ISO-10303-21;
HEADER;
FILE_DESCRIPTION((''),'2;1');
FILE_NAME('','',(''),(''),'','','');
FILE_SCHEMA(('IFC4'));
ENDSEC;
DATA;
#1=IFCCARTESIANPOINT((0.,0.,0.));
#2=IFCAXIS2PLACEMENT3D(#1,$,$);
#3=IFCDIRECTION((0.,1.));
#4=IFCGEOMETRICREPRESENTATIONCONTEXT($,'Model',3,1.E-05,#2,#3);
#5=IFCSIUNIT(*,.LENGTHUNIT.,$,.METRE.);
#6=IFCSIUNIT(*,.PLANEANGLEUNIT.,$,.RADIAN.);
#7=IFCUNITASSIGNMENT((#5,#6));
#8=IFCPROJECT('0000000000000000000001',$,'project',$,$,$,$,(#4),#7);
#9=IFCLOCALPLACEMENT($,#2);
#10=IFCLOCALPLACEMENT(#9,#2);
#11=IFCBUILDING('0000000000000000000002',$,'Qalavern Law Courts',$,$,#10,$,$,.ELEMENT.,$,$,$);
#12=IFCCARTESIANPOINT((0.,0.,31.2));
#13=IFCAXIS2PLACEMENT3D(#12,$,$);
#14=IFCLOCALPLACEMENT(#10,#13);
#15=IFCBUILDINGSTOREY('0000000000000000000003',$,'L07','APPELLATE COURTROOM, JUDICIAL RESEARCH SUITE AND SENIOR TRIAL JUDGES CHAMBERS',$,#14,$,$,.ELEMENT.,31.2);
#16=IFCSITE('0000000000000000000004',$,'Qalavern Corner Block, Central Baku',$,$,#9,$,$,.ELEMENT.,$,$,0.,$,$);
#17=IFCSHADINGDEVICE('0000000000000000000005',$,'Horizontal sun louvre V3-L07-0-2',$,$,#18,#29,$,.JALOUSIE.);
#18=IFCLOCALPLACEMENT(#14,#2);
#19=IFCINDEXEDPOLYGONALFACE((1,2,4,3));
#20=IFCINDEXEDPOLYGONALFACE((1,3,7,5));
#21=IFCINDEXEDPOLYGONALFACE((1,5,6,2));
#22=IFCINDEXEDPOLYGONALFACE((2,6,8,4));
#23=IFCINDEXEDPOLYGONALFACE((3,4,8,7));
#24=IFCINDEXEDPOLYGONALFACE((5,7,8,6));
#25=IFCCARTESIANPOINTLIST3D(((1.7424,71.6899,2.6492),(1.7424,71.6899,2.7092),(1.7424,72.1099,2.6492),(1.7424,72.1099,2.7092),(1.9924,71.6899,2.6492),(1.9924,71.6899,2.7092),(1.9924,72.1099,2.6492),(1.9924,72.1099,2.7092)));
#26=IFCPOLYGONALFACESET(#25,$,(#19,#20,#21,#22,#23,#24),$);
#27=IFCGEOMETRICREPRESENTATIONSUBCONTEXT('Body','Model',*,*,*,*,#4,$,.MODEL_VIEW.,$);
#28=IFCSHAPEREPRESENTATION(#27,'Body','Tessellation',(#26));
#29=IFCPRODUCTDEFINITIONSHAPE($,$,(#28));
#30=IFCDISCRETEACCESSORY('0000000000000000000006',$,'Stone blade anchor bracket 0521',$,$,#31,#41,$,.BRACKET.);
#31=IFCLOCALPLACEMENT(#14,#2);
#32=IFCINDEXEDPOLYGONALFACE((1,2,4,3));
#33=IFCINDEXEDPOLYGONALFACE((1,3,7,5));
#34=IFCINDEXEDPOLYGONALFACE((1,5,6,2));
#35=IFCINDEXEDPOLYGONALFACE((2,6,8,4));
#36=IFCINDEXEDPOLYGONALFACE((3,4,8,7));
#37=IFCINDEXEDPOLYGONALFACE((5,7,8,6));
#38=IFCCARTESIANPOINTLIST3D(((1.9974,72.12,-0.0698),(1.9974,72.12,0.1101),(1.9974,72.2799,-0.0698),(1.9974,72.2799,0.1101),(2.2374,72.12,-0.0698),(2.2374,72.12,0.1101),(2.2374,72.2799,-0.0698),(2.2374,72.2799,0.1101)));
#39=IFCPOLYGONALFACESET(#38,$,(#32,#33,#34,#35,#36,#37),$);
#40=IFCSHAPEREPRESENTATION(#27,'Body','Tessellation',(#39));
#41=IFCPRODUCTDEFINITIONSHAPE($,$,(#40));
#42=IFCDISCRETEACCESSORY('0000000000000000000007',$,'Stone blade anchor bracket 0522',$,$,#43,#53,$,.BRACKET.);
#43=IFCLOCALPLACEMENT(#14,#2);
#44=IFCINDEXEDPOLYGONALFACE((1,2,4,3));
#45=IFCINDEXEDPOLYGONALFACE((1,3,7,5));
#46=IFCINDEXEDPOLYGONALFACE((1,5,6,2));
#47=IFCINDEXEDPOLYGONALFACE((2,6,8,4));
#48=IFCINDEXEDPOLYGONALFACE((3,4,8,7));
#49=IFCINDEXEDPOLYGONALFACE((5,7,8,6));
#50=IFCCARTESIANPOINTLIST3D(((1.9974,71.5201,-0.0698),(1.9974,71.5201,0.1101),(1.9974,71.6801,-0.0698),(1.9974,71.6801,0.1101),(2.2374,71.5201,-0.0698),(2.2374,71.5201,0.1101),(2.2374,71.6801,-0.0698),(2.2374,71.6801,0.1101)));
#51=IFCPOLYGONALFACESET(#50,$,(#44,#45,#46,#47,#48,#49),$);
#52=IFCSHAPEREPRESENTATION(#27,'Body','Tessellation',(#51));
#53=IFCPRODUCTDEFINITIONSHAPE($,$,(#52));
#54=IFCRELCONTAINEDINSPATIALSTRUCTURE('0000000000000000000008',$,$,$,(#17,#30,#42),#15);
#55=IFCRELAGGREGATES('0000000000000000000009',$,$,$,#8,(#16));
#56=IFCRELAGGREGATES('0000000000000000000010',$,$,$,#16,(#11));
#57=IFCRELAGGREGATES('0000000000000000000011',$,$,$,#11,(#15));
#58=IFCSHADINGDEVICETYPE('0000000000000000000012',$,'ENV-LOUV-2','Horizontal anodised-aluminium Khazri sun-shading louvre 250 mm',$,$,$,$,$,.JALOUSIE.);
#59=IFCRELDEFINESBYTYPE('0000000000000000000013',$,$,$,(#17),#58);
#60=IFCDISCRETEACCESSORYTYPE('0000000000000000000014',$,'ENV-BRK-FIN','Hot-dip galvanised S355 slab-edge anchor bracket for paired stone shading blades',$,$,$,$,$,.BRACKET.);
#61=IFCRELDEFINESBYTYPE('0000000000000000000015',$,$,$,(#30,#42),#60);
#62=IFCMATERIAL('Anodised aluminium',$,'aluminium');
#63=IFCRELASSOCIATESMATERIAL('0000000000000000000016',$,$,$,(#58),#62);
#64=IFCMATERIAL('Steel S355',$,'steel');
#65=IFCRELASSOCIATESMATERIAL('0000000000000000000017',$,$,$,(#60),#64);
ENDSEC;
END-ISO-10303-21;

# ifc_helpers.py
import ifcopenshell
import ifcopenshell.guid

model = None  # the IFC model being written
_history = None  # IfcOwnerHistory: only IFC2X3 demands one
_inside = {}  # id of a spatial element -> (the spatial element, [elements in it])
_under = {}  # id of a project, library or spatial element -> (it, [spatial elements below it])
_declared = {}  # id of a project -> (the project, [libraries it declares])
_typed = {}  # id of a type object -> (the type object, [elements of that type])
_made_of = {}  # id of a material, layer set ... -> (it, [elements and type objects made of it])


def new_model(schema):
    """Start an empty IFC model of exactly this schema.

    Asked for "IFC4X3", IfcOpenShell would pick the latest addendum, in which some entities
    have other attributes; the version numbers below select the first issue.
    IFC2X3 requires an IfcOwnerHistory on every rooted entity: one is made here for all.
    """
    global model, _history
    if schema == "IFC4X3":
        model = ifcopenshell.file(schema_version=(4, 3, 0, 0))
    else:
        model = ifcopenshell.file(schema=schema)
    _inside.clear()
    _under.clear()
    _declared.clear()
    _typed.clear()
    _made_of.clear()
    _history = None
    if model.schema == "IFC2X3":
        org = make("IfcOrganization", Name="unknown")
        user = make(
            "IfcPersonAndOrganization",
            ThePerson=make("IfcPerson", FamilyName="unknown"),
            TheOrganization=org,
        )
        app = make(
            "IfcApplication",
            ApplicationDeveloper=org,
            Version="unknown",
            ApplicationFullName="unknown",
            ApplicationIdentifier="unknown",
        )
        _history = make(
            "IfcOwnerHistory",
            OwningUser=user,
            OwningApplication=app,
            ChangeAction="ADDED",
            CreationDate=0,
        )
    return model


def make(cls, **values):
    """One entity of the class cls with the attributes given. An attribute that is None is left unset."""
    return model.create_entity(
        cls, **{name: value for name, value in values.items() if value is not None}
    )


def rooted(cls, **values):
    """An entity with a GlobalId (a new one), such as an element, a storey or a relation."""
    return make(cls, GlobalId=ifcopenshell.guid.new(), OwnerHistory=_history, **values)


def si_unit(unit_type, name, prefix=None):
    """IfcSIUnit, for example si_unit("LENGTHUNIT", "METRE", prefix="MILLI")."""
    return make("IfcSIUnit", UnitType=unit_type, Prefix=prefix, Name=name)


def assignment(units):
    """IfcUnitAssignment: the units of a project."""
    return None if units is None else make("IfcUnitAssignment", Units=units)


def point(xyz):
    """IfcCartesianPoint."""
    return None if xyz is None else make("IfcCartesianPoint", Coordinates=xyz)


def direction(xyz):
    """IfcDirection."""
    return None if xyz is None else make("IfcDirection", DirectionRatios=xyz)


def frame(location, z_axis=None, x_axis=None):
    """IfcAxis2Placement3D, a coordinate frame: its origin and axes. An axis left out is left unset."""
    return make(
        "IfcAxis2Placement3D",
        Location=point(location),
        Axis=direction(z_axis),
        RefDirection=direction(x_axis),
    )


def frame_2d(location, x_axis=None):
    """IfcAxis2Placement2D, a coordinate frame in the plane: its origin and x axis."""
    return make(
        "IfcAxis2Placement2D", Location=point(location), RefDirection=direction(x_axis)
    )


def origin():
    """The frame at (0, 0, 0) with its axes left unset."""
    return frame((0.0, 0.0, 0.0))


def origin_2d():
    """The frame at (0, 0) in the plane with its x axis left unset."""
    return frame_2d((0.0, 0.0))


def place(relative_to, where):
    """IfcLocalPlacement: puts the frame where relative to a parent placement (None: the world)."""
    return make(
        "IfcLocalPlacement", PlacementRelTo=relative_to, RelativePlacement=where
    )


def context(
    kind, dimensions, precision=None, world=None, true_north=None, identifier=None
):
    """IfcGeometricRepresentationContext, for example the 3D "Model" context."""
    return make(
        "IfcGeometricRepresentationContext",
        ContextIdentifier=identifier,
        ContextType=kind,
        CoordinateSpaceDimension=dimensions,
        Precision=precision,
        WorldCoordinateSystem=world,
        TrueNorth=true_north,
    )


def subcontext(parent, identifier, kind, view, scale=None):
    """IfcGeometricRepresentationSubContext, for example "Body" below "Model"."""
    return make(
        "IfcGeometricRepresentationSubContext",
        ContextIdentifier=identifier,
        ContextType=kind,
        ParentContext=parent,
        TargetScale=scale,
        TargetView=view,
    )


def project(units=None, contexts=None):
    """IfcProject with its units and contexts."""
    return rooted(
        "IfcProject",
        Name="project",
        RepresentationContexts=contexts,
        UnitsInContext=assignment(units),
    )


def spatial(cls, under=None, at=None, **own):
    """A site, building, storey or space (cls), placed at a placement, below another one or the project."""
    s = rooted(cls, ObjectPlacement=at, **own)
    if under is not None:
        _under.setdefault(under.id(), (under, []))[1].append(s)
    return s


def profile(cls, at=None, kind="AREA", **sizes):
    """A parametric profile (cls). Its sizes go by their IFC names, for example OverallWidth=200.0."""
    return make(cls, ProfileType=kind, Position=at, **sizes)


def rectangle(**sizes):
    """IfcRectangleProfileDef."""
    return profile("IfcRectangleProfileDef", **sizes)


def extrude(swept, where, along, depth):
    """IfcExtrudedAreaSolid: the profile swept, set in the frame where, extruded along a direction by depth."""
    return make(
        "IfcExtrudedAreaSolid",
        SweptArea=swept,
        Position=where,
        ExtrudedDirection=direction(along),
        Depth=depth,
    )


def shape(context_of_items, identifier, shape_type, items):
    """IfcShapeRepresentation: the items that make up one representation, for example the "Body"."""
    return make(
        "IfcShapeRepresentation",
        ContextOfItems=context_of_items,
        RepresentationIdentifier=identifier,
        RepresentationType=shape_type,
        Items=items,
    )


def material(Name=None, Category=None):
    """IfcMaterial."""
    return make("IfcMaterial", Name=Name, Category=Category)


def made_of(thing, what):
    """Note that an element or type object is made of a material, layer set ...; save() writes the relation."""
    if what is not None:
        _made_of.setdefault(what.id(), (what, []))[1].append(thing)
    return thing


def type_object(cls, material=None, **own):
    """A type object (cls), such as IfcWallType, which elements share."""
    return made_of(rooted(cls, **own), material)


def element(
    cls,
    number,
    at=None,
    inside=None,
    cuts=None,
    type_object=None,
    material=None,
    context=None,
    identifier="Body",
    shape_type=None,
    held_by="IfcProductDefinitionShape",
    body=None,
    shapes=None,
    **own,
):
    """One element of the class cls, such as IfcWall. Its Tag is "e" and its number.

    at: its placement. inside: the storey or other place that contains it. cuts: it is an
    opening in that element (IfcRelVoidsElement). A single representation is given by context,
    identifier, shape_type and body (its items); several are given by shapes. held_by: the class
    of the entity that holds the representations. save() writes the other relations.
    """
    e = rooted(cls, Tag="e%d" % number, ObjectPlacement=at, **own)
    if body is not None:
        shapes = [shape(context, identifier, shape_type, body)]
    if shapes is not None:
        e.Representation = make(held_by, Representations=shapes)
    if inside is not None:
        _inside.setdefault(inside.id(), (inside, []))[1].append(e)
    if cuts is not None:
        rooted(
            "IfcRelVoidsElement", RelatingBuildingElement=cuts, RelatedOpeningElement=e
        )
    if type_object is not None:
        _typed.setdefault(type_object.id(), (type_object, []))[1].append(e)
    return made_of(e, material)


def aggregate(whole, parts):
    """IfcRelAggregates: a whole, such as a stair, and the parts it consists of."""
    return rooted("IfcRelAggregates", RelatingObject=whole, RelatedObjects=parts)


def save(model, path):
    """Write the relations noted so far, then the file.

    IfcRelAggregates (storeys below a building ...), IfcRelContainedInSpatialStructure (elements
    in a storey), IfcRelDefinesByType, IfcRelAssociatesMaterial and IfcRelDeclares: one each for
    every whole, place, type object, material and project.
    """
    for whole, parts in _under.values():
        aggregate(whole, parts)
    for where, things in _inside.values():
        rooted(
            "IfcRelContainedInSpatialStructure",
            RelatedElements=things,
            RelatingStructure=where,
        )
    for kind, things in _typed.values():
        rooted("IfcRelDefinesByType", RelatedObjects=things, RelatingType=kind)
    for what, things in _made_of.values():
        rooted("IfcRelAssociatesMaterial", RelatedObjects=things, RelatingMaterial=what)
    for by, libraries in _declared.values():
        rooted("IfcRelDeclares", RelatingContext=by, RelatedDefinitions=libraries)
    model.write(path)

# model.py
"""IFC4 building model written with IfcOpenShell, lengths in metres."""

from ifc_helpers import new_model, si_unit, direction, frame, origin, origin_2d, place, context, subcontext, project, spatial, rectangle, extrude, material, type_object, element, save


model = new_model("IFC4")

# Units and contexts
model_context = context("Model", 3, precision=1e-05, world=origin(), true_north=direction((0.0, 1.0)))
body_context = subcontext(model_context, "Body", "Model", "MODEL_VIEW")
ifc_project = project(units=[si_unit("LENGTHUNIT", "METRE"), si_unit("PLANEANGLEUNIT", "RADIAN")], contexts=[model_context])

# Site, building, storey
site_placement = place(None, origin())
site = spatial("IfcSite", under=ifc_project, at=site_placement, Name="Qalavern Corner Block, Central Baku", CompositionType="ELEMENT", RefElevation=0.0)
building_placement = place(site_placement, origin())
building = spatial("IfcBuilding", under=site, at=building_placement, Name="Qalavern Law Courts", CompositionType="ELEMENT")
storey_placement = place(building_placement, frame((0.0, 0.0, 31.2)))
storey = spatial("IfcBuildingStorey", under=building, at=storey_placement, Name="L07", Description="APPELLATE COURTROOM, JUDICIAL RESEARCH SUITE AND SENIOR TRIAL JUDGES CHAMBERS", CompositionType="ELEMENT", Elevation=31.2)

# Shared definitions
ifc_material_1 = material(Name="Anodised aluminium", Category="aluminium")

# Shading device
shading_device_type = type_object("IfcShadingDeviceType", Name="ENV-LOUV-2", Description="Horizontal anodised-aluminium Khazri sun-shading louvre 250 mm", PredefinedType="JALOUSIE", material=ifc_material_1)
for number, where, z_axis, x_axis, name in (
    (1, (1.8674, 71.8999, 2.6492), (0.0, 0.0, 1.0), (0.0, -1.0, 0.0), "Horizontal sun louvre V3-L07-0-2"),
):
    element("IfcShadingDevice", number, at=place(storey_placement, frame(where, z_axis=z_axis, x_axis=x_axis)), inside=storey, type_object=shading_device_type, Name=name, PredefinedType="JALOUSIE", context=body_context, shape_type="SweptSolid", body=[
        extrude(rectangle(XDim=0.4199, YDim=0.25, at=origin_2d()), origin(), (0.0, 0.0, 1.0), 0.0601),
    ])

# Discrete accessories
ifc_material_2 = material(Name="Steel S355", Category="steel")
discrete_accessory_type = type_object("IfcDiscreteAccessoryType", Name="ENV-BRK-FIN", Description="Hot-dip galvanised S355 slab-edge anchor bracket for paired stone shading blades", PredefinedType="BRACKET", material=ifc_material_2)
for number, where, z_axis, x_axis, name in (
    (2, (2.1174, 72.2, -0.0698), (0.0, 0.0, 1.0), (-1.0, 0.0, 0.0), "Stone blade anchor bracket 0521"),
    (3, (2.1174, 71.6001, -0.0698), (0.0, 0.0, 1.0), (-1.0, 0.0, 0.0), "Stone blade anchor bracket 0522"),
):
    element("IfcDiscreteAccessory", number, at=place(storey_placement, frame(where, z_axis=z_axis, x_axis=x_axis)), inside=storey, type_object=discrete_accessory_type, Name=name, PredefinedType="BRACKET", context=body_context, shape_type="SweptSolid", body=[
        extrude(rectangle(XDim=0.24, YDim=0.1599, at=origin_2d()), origin(), (0.0, 0.0, 1.0), 0.1799),
    ])

save(model, "model.ifc")
